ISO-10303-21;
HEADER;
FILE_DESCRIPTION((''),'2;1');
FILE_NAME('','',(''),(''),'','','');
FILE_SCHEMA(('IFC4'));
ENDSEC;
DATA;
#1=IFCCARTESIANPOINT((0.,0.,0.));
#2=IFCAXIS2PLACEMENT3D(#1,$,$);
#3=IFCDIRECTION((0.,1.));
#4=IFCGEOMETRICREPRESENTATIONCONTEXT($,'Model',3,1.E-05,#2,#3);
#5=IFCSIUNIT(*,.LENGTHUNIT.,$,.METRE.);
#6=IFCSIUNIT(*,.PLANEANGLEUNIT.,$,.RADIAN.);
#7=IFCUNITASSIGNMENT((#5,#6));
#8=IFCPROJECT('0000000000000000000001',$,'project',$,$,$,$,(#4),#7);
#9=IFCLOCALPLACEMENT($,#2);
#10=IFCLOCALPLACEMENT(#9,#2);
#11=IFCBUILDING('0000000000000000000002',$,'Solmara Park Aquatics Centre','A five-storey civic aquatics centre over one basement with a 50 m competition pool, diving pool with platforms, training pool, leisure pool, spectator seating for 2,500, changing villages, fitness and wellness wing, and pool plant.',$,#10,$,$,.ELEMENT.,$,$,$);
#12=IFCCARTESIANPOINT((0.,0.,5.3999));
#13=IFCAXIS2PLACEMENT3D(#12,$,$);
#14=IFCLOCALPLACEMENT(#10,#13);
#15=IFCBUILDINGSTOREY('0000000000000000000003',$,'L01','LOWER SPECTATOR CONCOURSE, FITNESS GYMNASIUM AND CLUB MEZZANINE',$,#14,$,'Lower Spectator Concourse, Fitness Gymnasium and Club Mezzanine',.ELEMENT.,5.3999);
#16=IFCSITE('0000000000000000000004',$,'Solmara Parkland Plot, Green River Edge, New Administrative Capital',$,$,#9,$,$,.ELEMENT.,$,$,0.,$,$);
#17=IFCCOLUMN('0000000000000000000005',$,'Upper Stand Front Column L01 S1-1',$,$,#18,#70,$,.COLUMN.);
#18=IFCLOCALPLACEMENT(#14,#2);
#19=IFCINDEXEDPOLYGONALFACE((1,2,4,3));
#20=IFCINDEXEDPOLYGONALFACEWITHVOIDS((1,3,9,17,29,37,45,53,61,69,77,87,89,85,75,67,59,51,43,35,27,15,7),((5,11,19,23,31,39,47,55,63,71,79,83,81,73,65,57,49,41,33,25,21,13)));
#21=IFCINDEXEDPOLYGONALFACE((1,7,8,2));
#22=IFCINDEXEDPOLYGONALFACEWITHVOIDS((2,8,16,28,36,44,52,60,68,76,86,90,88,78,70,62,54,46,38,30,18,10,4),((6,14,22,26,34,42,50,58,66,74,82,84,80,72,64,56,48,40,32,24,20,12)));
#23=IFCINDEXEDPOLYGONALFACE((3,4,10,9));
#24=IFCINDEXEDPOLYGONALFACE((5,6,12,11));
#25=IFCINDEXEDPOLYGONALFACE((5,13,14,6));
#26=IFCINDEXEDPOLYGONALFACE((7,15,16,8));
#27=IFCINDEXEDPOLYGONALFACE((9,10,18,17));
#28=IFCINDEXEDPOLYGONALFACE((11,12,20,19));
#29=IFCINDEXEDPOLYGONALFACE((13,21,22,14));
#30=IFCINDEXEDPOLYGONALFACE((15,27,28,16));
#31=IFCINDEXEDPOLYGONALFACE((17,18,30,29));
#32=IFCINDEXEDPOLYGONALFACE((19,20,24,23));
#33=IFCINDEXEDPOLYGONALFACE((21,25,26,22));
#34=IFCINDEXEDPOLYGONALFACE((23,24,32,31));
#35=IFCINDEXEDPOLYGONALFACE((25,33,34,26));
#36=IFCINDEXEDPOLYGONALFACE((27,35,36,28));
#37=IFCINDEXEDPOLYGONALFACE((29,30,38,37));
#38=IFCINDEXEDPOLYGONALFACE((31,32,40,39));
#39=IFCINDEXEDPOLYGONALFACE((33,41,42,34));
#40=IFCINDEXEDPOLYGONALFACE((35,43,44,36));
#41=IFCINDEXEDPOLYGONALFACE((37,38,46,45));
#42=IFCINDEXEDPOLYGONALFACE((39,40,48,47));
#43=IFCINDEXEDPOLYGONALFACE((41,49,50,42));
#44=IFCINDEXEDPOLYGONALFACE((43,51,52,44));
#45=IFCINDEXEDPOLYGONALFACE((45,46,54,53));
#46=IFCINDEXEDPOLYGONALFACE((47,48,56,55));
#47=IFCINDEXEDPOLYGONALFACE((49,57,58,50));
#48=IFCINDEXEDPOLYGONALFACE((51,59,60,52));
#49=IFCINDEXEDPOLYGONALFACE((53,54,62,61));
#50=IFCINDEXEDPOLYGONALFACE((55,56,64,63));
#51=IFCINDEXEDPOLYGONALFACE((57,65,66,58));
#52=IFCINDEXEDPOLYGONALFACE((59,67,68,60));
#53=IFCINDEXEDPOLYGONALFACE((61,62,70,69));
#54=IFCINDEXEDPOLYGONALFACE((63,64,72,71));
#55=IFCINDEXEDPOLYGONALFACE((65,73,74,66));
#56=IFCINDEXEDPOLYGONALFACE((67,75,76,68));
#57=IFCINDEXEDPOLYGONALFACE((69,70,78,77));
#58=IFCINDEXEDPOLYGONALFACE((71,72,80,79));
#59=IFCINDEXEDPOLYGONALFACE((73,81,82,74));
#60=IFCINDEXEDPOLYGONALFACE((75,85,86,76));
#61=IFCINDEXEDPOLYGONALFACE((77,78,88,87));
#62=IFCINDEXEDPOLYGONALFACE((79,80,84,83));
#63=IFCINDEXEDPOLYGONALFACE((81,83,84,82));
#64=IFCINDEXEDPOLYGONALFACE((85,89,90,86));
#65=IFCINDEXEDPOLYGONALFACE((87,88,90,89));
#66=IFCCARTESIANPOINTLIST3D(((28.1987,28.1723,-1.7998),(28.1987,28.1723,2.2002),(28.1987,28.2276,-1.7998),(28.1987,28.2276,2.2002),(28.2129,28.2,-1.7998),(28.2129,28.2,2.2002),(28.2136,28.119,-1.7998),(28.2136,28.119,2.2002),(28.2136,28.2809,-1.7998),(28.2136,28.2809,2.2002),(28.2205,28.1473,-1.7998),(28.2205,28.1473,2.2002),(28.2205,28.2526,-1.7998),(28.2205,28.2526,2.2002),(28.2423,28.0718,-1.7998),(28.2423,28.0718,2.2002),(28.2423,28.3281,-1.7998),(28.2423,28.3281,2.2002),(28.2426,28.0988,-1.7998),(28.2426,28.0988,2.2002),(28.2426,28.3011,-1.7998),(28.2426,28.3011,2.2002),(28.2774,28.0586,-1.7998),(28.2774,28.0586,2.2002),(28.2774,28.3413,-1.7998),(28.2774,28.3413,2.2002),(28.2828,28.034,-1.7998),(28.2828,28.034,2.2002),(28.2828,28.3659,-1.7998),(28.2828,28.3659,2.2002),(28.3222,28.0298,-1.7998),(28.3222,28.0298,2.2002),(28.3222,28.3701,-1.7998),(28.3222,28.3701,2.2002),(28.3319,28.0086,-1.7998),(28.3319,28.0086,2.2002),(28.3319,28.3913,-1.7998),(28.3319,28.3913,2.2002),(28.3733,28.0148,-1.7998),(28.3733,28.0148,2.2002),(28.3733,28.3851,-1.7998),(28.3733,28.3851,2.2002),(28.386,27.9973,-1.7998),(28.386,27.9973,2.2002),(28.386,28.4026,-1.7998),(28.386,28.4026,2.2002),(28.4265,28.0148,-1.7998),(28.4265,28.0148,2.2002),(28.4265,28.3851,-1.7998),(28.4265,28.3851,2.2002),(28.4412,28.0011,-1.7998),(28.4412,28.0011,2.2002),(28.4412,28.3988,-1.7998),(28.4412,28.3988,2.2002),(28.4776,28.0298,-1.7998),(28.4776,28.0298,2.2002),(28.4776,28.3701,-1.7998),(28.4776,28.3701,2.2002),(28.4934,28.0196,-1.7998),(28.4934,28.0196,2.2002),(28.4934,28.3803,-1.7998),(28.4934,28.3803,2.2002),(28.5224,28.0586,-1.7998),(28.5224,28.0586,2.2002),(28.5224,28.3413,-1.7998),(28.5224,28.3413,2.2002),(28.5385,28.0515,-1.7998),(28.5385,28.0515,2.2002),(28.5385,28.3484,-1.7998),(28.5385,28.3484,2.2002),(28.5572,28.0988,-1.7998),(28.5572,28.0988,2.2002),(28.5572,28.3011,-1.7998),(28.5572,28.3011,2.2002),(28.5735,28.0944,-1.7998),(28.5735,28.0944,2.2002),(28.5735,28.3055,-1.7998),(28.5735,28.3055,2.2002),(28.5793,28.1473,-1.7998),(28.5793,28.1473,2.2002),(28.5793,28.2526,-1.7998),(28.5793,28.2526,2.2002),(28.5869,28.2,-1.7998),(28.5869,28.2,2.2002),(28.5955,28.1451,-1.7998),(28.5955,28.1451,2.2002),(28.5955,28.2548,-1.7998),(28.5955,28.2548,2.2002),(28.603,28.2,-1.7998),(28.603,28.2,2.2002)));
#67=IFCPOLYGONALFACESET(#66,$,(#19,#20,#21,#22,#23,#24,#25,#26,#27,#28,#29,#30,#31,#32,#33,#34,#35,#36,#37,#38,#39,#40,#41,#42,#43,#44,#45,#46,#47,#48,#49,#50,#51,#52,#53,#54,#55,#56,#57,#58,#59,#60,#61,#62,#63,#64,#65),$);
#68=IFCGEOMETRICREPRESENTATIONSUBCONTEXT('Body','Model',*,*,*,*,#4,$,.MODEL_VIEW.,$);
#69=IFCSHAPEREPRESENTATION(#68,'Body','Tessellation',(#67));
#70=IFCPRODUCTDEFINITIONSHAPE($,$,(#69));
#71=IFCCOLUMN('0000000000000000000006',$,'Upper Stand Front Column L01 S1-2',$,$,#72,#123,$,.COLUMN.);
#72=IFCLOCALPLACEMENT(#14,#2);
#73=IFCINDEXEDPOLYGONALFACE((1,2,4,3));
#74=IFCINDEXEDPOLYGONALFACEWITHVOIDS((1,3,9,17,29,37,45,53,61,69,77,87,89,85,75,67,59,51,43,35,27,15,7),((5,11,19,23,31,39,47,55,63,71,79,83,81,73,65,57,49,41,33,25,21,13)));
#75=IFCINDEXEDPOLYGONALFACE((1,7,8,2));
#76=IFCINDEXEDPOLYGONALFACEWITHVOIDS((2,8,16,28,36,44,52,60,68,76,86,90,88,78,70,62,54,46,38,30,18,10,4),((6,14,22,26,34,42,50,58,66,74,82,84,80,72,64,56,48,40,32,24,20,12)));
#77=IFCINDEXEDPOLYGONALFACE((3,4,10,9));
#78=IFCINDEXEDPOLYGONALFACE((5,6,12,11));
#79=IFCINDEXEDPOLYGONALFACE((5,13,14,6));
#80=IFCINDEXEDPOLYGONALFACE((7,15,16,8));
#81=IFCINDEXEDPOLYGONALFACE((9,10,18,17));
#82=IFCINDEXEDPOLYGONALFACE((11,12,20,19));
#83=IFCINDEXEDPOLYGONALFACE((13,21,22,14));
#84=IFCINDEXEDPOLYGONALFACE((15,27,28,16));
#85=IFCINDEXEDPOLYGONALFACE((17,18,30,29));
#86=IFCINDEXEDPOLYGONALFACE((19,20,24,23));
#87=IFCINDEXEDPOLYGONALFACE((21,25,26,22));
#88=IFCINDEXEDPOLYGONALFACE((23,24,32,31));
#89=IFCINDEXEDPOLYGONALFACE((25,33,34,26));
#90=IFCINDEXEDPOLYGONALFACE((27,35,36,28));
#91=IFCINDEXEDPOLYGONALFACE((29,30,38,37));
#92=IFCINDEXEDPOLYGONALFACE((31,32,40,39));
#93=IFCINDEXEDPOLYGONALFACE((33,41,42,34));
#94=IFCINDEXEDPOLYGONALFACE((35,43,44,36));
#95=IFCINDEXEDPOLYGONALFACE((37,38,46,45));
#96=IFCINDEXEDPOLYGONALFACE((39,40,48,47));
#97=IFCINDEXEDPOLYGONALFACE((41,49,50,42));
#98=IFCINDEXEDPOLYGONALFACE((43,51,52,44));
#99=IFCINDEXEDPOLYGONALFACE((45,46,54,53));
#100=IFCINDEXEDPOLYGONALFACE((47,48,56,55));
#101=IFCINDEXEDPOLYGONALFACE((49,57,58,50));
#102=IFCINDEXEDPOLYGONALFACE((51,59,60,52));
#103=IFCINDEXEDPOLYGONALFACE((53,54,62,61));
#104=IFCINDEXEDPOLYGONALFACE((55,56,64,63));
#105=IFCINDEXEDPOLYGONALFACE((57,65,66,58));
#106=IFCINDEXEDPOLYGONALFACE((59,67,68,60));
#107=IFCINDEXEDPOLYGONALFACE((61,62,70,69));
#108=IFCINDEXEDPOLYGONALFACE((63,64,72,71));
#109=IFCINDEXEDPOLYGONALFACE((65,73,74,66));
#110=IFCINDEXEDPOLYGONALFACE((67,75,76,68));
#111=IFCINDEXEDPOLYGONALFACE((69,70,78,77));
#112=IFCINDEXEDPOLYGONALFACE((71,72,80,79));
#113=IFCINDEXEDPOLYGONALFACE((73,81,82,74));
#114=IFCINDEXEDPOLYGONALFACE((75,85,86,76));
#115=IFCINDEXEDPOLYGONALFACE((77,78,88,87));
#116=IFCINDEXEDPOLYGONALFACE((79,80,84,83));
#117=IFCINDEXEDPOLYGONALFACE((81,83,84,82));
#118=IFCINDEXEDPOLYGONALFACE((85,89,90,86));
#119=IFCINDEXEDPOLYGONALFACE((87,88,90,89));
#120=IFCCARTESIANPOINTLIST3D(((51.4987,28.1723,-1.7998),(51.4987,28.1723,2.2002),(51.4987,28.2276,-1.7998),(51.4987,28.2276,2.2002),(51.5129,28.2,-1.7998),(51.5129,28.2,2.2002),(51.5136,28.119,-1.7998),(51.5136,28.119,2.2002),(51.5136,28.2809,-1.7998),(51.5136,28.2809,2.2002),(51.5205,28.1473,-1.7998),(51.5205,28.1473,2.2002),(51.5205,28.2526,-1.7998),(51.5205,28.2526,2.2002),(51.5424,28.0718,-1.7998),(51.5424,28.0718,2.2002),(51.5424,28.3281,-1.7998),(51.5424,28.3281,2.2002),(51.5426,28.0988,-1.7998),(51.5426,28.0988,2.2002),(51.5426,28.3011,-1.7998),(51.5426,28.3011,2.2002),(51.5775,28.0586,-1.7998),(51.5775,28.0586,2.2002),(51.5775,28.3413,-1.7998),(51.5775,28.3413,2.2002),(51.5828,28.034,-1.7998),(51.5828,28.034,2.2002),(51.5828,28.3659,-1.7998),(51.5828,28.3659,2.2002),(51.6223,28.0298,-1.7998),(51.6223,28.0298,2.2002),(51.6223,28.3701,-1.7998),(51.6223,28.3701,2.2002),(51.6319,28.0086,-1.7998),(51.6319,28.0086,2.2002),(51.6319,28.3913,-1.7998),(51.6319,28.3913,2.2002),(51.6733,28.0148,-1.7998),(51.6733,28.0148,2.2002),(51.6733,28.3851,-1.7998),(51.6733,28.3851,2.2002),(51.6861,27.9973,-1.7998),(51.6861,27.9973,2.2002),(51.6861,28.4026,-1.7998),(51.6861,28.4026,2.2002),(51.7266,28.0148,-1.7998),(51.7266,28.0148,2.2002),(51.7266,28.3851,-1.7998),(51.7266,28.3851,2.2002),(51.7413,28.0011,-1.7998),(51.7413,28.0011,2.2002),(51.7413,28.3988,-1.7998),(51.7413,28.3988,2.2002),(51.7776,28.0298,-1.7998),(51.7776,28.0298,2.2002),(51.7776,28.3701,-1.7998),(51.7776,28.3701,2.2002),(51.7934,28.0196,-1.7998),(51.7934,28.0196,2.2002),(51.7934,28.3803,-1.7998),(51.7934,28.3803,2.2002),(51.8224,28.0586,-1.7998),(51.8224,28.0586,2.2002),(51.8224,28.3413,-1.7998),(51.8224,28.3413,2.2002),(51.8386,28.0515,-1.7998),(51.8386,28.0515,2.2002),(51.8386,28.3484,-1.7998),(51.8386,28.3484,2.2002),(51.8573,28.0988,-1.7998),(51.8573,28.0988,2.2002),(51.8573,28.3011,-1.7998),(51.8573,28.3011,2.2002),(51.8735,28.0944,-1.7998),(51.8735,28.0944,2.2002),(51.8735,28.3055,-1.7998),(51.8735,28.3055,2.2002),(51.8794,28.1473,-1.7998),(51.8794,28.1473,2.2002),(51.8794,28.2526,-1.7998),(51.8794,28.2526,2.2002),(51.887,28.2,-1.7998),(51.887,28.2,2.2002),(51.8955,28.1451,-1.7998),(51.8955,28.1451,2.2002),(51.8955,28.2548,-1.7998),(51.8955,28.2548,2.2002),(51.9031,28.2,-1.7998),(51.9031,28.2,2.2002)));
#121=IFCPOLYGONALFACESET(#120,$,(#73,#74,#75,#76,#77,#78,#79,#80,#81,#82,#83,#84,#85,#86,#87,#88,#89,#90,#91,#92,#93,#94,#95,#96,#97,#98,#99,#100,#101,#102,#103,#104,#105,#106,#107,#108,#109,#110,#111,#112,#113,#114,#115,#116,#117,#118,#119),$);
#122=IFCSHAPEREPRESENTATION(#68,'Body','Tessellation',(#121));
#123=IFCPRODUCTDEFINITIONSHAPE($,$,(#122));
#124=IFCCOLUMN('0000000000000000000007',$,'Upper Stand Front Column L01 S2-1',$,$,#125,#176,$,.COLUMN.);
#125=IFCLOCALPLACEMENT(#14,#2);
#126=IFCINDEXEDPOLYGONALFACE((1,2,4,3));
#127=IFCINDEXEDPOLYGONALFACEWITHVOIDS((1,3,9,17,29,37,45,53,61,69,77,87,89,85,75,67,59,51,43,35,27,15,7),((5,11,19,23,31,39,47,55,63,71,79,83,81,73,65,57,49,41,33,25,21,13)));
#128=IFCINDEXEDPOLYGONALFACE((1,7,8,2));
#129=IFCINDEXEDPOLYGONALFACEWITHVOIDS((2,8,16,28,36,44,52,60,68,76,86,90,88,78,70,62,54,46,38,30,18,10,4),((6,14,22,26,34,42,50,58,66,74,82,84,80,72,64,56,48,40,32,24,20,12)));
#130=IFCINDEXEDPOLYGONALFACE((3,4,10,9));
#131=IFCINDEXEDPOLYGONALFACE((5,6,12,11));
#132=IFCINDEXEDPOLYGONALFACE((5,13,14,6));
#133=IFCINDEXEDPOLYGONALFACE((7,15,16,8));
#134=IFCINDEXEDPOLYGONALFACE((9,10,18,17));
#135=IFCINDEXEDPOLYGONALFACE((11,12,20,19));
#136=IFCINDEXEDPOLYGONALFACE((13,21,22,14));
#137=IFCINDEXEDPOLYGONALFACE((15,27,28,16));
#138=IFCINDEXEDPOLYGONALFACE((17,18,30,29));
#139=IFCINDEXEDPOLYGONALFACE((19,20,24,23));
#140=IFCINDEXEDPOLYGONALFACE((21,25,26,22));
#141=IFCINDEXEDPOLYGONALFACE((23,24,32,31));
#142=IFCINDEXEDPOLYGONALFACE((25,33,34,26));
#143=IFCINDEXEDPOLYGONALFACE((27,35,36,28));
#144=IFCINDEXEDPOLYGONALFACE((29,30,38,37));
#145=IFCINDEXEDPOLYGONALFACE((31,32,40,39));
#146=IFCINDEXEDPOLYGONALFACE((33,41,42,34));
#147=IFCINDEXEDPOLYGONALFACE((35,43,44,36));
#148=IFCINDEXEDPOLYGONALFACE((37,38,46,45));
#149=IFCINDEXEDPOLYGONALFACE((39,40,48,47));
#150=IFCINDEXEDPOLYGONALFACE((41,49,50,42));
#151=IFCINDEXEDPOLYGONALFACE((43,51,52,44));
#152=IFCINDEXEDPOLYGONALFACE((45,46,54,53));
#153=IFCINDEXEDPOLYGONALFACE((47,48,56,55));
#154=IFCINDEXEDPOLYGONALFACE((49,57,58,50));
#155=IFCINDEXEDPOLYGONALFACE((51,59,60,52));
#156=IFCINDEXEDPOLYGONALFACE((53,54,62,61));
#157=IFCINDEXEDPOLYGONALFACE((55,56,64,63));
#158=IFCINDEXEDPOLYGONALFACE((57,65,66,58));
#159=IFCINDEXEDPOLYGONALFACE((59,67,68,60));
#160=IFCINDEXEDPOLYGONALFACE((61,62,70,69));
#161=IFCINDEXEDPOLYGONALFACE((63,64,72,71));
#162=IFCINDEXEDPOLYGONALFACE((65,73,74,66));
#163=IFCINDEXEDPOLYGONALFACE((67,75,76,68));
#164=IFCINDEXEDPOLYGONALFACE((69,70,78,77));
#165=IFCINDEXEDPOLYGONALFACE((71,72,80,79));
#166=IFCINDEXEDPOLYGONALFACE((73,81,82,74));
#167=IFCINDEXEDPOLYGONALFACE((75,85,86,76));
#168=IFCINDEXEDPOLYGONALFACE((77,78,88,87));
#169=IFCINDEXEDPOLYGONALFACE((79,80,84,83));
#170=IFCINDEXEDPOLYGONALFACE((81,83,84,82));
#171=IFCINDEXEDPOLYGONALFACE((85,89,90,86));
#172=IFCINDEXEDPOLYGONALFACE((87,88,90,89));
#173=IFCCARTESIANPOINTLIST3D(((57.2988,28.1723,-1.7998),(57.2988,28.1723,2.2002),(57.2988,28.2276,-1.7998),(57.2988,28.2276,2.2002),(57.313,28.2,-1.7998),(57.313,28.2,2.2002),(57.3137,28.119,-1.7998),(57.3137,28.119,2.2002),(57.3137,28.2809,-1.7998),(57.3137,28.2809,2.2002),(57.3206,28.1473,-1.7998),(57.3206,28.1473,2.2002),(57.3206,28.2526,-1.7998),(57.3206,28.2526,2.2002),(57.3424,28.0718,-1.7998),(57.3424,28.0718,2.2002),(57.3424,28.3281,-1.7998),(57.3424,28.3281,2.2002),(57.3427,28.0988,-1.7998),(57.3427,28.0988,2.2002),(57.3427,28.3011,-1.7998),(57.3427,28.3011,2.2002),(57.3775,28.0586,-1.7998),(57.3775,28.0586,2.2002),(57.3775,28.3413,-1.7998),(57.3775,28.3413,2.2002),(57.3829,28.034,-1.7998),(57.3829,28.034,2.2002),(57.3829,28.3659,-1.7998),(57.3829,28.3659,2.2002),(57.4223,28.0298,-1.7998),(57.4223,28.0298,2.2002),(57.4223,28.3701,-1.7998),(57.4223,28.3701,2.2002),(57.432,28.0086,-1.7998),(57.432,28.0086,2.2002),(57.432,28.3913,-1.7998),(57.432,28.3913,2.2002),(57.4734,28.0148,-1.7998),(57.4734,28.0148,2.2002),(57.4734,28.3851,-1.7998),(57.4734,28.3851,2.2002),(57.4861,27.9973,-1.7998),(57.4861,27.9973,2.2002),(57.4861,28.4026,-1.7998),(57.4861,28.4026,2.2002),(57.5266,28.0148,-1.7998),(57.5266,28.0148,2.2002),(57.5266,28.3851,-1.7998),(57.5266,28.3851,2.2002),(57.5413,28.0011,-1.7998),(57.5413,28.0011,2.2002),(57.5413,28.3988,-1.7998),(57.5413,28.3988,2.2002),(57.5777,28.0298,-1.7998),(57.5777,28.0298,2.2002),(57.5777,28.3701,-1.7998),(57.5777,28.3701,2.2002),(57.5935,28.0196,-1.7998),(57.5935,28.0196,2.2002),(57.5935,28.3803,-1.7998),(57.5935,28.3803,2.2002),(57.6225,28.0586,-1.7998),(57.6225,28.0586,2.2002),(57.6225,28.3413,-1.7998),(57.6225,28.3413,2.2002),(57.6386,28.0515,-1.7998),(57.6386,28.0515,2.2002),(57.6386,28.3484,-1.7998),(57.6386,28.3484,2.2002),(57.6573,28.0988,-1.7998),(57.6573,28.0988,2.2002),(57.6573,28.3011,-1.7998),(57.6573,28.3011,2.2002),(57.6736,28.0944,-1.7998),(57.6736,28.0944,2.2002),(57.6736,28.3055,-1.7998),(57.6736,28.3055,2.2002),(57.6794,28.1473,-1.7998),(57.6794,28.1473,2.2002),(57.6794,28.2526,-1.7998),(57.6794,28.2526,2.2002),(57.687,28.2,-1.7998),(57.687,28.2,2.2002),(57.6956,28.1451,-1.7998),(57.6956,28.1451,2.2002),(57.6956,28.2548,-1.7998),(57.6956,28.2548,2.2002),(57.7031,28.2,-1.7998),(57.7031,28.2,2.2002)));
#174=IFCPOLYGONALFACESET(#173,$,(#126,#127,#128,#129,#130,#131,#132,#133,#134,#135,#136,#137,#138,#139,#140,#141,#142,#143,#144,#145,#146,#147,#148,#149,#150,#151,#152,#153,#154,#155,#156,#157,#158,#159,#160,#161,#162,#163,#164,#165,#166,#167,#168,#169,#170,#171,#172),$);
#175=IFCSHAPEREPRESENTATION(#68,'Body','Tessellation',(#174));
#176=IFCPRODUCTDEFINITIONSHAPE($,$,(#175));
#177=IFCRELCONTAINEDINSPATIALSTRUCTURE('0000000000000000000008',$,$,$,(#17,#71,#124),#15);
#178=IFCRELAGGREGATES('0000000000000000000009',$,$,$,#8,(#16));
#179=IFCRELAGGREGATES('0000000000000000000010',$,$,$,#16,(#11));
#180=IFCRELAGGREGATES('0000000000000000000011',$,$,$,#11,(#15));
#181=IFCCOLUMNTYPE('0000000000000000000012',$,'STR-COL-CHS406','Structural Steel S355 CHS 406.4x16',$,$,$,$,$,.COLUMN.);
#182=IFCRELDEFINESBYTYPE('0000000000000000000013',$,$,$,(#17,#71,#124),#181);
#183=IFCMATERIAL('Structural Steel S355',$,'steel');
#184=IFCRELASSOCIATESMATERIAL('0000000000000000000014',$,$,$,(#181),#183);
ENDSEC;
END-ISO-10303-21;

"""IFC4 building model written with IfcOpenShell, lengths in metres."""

from ifc_helpers import new_model, si_unit, direction, frame, origin, origin_2d, place, context, subcontext, project, spatial, hollow_circle, extrude, material, material_profile, profile_set, type_object, element, save


model = new_model("IFC4")

# Units and contexts
model_context = context("Model", 3, precision=1e-05, world=origin(), true_north=direction((0.0, 1.0)))
body_context = subcontext(model_context, "Body", "Model", "MODEL_VIEW")
ifc_project = project(units=[si_unit("LENGTHUNIT", "METRE"), si_unit("PLANEANGLEUNIT", "RADIAN")], contexts=[model_context])

# Site, building, storey
site_placement = place(None, origin())
site = spatial("IfcSite", under=ifc_project, at=site_placement, Name="Solmara Parkland Plot, Green River Edge, New Administrative Capital", CompositionType="ELEMENT", RefElevation=0.0)
building_placement = place(site_placement, origin())
building = spatial("IfcBuilding", under=site, at=building_placement, Name="Solmara Park Aquatics Centre", Description="A five-storey civic aquatics centre over one basement with a 50 m competition pool, diving pool with platforms, training pool, leisure pool, spectator seating for 2,500, changing villages, fitness and wellness wing, and pool plant.", CompositionType="ELEMENT")
storey_placement = place(building_placement, frame((0.0, 0.0, 5.3999)))
storey = spatial("IfcBuildingStorey", under=building, at=storey_placement, Name="L01", Description="LOWER SPECTATOR CONCOURSE, FITNESS GYMNASIUM AND CLUB MEZZANINE", LongName="Lower Spectator Concourse, Fitness Gymnasium and Club Mezzanine", CompositionType="ELEMENT", Elevation=5.3999)

# Columns
ifc_material_1 = material(Name="Structural Steel S355", Category="steel")
ifc_material_profile_1 = material_profile(ifc_material_1, hollow_circle(Radius=0.2031, WallThickness=0.0161, at=origin_2d()), Name="CHS 406.4x16")
ifc_profile_set_1 = profile_set([ifc_material_profile_1], Name="Structural Steel S355")
column_type_1 = type_object("IfcColumnType", Name="STR-COL-CHS406", Description="Structural Steel S355 CHS 406.4x16", PredefinedType="COLUMN", material=ifc_profile_set_1)
for number, where, z_axis, x_axis, name in (
    (1, (28.3999, 28.2, -1.7998), (0.0, 0.0, 1.0), (1.0, 0.0, 0.0), "Upper Stand Front Column L01 S1-1"),
    (2, (51.7, 28.2, -1.7998), (0.0, 0.0, 1.0), (1.0, 0.0, 0.0), "Upper Stand Front Column L01 S1-2"),
    (3, (57.5, 28.2, -1.7998), (0.0, 0.0, 1.0), (1.0, 0.0, 0.0), "Upper Stand Front Column L01 S2-1"),
):
    element("IfcColumn", number, at=place(storey_placement, frame(where, z_axis=z_axis, x_axis=x_axis)), inside=storey, type_object=column_type_1, Name=name, PredefinedType="COLUMN", context=body_context, shape_type="SweptSolid", body=[
        extrude(hollow_circle(Radius=0.2031, WallThickness=0.0161, at=origin_2d()), origin(), (0.0, 0.0, 1.0), 4.0),
    ])

save(model, "model.ifc")
